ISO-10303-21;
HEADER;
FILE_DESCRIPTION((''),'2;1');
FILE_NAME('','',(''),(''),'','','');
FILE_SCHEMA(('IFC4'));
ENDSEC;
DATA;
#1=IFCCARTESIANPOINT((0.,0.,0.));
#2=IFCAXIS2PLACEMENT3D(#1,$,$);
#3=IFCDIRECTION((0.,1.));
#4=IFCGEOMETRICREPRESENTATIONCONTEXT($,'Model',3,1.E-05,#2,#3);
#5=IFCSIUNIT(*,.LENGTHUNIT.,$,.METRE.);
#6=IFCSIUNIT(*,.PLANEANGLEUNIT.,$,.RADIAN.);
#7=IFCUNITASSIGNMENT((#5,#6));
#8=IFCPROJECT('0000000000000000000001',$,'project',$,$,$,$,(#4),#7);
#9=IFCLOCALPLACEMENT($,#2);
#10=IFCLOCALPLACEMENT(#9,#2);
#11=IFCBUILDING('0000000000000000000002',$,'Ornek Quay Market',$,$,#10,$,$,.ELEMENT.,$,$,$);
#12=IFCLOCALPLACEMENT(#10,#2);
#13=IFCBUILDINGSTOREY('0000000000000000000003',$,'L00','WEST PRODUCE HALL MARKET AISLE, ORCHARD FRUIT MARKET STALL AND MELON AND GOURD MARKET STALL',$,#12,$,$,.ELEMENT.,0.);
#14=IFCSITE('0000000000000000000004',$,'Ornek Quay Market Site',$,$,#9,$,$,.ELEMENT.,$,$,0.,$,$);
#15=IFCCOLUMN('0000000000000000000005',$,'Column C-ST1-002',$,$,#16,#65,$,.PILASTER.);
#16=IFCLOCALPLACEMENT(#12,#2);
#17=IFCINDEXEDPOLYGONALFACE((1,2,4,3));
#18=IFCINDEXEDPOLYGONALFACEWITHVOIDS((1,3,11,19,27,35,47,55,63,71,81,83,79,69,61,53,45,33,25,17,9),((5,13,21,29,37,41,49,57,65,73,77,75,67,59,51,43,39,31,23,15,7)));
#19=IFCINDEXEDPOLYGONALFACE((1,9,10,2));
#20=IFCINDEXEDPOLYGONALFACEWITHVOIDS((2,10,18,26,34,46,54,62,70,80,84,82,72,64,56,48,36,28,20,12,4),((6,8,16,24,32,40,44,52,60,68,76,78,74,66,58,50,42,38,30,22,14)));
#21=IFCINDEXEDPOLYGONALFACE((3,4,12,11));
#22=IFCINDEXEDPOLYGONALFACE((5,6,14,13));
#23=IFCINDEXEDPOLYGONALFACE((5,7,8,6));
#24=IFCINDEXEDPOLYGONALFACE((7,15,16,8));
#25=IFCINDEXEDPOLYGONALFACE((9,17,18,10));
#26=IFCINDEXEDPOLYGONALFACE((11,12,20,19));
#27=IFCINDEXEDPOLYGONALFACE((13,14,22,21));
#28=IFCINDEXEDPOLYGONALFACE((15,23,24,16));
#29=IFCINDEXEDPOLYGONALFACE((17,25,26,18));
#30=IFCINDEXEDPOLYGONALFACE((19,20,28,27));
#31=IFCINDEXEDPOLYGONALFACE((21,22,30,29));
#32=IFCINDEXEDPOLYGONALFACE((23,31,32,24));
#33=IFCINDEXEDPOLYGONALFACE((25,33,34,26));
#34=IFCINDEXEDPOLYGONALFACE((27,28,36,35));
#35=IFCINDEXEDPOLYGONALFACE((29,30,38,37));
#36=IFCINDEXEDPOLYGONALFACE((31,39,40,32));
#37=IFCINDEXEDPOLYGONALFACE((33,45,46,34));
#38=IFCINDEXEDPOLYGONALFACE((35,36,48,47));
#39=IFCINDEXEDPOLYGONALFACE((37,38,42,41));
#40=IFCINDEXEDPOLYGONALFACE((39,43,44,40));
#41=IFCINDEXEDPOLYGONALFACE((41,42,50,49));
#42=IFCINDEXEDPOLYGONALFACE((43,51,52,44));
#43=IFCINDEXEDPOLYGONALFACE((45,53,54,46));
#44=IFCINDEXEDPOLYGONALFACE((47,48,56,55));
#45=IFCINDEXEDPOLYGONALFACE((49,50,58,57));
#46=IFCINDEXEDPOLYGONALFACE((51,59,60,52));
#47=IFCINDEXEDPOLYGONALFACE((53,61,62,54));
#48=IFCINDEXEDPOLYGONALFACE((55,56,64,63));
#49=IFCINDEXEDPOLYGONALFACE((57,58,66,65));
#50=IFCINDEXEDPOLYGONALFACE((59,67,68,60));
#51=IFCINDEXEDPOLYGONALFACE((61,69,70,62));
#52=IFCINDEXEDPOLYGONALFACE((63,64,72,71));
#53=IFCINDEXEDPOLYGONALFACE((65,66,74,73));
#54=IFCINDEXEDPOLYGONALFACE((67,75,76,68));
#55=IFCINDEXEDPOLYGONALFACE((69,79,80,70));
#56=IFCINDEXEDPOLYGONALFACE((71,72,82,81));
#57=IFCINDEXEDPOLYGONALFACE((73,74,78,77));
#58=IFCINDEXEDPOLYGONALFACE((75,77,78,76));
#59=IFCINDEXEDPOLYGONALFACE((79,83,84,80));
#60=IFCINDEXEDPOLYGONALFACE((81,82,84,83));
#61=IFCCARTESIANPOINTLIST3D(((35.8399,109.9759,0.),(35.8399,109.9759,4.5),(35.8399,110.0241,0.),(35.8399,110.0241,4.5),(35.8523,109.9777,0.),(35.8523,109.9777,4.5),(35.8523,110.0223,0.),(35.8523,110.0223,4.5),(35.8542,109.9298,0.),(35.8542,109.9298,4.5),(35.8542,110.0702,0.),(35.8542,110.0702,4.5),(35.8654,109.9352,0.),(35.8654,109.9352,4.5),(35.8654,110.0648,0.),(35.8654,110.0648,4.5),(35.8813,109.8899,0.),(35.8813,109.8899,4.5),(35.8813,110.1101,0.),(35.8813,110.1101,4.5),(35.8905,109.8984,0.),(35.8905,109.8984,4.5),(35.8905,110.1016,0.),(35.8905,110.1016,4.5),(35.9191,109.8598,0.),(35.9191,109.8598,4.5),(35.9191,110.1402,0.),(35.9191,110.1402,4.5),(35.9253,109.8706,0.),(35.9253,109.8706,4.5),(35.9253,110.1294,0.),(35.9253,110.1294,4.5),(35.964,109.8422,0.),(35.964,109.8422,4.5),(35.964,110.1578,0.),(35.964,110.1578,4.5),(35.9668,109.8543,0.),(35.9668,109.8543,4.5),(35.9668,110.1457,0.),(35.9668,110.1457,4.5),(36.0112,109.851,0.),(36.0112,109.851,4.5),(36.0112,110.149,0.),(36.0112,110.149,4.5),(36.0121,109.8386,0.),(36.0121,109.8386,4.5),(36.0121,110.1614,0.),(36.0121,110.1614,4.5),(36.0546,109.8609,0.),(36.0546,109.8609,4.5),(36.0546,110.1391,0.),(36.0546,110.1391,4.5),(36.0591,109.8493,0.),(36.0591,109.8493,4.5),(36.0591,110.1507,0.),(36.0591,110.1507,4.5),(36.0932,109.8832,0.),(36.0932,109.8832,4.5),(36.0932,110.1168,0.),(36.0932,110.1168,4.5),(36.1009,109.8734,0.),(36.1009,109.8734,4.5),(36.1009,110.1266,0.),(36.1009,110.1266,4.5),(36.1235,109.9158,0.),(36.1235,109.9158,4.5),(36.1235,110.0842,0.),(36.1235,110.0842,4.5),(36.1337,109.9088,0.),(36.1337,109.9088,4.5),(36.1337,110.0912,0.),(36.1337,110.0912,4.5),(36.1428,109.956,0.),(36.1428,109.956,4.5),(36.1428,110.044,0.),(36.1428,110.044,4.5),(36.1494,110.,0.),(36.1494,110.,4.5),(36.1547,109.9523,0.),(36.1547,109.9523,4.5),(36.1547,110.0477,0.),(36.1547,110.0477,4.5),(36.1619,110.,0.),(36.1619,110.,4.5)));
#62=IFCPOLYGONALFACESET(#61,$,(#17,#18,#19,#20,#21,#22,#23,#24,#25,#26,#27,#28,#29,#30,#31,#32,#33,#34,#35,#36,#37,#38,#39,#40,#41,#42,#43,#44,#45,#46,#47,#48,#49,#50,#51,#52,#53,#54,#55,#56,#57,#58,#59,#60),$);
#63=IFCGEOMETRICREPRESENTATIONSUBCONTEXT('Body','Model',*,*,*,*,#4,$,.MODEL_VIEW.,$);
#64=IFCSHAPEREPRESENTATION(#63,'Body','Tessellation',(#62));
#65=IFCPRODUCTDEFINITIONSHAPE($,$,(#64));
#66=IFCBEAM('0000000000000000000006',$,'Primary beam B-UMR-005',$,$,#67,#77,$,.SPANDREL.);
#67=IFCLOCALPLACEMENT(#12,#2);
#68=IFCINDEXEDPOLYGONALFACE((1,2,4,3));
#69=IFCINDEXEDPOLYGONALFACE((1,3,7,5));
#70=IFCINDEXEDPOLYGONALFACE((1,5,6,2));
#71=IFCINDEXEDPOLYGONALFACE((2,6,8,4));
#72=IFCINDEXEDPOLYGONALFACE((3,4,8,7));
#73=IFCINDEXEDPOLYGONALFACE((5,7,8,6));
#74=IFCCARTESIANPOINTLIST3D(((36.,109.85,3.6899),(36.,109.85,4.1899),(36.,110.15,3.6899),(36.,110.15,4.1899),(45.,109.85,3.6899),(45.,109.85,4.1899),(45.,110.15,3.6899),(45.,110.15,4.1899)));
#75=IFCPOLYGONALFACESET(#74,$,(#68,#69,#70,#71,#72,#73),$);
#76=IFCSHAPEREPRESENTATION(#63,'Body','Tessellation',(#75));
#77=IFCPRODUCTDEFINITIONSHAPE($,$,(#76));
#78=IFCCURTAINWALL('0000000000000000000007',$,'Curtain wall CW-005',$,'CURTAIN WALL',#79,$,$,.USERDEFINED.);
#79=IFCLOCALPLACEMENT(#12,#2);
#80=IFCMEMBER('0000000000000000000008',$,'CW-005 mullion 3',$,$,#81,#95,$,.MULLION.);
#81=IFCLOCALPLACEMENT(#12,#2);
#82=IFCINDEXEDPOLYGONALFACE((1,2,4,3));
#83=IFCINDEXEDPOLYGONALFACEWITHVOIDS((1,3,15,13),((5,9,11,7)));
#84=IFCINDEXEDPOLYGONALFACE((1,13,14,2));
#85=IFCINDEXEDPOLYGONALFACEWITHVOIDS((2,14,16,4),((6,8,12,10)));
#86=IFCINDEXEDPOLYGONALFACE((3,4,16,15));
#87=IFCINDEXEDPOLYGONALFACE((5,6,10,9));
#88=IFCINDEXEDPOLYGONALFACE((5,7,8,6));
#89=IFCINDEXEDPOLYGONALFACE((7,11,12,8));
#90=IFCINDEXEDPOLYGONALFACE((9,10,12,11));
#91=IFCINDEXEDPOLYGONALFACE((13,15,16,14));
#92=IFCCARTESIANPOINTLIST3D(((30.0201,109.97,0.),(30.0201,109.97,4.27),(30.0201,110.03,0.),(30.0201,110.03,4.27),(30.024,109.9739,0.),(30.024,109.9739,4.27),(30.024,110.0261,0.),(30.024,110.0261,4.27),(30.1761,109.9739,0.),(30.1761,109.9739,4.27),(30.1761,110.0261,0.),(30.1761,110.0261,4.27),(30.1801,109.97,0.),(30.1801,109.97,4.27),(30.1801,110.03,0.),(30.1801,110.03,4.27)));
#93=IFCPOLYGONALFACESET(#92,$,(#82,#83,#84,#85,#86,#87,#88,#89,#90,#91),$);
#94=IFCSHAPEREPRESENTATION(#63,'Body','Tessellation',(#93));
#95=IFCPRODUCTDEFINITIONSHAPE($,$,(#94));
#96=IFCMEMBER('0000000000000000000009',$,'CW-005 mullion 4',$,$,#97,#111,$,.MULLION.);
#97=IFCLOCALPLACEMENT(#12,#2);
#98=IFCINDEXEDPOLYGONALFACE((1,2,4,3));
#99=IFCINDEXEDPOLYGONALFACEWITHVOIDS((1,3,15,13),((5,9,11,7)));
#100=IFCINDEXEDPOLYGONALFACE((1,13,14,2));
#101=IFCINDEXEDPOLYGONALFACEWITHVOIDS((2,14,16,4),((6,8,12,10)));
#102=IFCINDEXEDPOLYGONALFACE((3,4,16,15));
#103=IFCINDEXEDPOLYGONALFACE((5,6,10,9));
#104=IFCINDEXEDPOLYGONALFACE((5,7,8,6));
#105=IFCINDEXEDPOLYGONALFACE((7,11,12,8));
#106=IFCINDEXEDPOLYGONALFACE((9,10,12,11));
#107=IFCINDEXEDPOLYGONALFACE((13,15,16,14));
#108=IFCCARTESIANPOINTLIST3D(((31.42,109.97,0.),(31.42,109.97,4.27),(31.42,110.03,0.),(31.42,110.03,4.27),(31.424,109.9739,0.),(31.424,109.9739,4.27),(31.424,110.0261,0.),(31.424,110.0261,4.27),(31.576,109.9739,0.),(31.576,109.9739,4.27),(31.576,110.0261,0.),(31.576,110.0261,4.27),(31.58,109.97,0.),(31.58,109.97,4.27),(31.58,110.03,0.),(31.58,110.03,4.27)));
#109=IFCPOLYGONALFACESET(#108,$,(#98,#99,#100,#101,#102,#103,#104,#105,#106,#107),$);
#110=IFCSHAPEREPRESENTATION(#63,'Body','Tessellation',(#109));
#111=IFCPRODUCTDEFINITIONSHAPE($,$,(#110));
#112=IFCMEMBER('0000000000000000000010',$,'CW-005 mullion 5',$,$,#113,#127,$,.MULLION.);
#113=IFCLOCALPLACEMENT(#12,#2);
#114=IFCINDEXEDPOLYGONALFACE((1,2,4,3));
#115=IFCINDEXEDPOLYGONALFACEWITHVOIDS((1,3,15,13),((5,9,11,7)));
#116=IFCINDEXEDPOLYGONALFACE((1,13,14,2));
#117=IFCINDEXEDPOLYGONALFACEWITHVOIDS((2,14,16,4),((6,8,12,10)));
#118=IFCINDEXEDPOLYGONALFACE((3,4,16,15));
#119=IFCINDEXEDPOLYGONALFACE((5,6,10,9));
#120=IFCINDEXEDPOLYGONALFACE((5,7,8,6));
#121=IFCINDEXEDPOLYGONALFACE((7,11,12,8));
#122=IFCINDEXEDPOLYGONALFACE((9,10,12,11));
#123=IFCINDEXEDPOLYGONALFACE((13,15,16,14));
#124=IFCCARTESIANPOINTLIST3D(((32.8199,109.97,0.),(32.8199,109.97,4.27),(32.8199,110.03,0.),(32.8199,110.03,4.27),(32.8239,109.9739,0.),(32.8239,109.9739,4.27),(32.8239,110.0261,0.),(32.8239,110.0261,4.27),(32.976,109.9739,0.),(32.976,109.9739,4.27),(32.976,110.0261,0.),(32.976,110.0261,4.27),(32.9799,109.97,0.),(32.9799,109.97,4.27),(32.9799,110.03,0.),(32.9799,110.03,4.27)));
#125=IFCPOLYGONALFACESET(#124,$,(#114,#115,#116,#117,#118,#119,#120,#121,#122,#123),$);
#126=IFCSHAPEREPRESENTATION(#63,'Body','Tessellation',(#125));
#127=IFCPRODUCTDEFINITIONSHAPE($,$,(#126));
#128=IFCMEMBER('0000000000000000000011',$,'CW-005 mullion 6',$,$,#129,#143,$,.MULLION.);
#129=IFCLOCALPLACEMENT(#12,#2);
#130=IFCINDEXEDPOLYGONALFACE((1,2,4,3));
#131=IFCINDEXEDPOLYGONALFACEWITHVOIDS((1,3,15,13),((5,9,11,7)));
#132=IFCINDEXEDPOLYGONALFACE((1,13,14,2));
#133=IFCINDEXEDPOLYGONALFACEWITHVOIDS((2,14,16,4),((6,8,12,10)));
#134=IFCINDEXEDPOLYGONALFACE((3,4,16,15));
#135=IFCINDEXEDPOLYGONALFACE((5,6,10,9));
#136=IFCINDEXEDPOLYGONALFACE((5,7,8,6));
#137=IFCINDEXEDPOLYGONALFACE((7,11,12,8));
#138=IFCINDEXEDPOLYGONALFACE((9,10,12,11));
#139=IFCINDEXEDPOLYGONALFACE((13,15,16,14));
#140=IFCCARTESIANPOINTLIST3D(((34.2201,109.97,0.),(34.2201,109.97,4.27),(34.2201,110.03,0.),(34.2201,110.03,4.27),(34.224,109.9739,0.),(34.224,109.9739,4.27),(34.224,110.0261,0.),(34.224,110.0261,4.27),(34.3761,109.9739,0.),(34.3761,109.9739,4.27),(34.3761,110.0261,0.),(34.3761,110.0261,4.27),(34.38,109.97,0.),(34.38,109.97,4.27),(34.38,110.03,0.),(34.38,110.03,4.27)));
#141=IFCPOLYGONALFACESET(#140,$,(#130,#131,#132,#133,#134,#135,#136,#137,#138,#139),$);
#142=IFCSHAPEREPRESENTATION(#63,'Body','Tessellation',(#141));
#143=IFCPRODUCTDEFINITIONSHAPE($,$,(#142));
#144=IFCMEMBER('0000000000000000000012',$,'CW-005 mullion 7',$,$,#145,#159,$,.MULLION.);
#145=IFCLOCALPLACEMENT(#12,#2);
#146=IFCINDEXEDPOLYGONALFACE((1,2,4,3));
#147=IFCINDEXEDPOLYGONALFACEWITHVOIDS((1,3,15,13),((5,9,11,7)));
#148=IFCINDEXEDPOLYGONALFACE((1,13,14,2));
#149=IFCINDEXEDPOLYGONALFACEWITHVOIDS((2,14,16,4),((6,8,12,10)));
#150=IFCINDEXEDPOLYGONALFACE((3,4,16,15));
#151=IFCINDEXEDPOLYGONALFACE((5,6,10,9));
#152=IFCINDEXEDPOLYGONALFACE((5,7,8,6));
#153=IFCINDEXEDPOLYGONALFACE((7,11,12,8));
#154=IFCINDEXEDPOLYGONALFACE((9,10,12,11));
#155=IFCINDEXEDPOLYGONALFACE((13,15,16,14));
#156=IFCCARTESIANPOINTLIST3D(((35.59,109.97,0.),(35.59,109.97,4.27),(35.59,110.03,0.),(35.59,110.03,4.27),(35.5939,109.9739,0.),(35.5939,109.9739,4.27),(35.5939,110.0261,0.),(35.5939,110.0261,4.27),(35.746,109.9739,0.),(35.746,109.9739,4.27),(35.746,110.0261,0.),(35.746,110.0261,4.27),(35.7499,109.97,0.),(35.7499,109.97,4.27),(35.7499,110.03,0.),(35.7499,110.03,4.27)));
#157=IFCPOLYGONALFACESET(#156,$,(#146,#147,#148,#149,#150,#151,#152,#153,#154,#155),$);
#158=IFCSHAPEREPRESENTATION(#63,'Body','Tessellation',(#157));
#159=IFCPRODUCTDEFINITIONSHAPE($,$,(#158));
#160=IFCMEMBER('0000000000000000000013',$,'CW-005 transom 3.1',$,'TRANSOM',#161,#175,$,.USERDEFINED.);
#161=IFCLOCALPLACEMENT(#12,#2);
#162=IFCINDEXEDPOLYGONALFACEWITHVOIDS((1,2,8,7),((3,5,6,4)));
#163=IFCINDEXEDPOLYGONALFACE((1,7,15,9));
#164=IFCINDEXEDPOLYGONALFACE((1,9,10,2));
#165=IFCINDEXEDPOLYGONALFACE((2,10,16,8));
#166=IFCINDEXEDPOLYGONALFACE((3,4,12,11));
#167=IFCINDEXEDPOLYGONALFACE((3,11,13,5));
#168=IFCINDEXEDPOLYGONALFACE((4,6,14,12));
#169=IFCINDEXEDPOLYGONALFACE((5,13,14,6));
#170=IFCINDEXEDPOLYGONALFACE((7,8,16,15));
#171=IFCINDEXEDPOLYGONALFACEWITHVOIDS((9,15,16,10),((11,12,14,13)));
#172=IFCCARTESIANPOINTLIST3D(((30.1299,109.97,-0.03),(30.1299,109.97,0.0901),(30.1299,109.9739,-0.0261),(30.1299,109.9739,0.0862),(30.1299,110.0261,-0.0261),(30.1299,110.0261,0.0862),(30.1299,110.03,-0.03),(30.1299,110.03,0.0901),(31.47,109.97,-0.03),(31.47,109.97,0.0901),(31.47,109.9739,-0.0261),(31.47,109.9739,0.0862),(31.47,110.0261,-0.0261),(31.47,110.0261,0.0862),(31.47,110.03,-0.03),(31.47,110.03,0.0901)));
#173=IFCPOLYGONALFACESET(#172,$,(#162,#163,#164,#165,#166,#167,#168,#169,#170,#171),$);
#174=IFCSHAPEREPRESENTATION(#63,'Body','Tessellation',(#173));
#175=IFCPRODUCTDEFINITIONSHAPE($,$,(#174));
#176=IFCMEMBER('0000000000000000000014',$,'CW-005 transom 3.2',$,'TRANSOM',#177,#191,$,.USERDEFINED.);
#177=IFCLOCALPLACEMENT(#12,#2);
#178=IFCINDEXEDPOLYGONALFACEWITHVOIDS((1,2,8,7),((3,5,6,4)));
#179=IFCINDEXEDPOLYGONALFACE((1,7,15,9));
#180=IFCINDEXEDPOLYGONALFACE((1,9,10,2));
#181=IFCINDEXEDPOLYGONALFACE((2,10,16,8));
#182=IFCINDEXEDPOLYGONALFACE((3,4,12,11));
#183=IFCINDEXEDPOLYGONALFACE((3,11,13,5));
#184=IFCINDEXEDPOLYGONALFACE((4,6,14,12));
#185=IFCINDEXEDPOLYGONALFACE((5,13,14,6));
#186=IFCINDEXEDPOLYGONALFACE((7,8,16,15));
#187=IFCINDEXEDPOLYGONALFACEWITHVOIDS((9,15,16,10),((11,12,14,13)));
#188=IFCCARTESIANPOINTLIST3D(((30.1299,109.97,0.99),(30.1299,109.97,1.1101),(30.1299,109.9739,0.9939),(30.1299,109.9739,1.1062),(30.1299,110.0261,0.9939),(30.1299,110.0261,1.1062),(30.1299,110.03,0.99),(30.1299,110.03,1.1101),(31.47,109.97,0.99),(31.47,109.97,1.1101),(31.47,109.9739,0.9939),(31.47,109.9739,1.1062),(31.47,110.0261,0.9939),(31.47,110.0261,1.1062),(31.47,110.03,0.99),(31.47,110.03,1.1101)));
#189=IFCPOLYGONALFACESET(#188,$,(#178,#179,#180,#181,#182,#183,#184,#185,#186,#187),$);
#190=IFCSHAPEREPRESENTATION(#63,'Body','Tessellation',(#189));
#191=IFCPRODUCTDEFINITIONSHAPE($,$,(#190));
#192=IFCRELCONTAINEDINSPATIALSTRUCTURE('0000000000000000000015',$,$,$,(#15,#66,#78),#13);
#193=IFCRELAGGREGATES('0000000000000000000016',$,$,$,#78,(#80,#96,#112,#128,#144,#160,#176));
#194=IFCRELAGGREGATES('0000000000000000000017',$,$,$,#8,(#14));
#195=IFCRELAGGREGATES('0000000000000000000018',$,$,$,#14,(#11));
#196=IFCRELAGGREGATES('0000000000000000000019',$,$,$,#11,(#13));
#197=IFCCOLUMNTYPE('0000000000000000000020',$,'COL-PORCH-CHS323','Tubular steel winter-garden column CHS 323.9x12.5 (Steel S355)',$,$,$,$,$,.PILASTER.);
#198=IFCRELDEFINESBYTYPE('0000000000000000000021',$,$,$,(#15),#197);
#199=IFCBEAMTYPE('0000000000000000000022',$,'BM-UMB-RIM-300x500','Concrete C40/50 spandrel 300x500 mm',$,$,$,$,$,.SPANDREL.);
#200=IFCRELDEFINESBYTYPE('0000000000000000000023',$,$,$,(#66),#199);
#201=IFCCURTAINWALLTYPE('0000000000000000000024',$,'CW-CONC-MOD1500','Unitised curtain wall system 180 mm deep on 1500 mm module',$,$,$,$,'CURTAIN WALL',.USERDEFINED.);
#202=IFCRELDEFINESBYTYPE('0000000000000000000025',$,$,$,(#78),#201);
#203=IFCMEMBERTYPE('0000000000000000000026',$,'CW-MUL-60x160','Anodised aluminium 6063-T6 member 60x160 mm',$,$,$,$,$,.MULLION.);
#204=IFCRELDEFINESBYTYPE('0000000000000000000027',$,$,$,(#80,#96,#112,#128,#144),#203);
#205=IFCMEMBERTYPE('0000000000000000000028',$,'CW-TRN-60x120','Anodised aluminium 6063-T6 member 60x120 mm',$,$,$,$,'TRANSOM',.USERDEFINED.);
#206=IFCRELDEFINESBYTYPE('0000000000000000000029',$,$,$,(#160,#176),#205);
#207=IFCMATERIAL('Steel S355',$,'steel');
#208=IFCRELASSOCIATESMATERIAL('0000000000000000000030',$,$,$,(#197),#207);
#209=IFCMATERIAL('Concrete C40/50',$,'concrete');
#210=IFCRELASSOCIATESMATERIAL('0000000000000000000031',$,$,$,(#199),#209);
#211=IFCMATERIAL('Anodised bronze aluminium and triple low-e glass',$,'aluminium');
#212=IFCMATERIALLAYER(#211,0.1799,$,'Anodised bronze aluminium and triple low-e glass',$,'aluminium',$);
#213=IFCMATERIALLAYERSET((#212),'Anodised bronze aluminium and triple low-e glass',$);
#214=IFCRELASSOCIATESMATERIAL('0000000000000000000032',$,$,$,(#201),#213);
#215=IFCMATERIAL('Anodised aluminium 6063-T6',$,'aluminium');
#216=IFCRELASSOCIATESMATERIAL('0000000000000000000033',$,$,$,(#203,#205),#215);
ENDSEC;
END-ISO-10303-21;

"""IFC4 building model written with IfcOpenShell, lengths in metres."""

from ifc_helpers import new_model, si_unit, direction, frame, origin, origin_2d, place, context, subcontext, project, spatial, rectangle, hollow_rectangle, hollow_circle, extrude, material, layer, layer_set, material_profile, profile_set, type_object, element, aggregate, save


model = new_model("IFC4")

# Units and contexts
model_context = context("Model", 3, precision=1e-05, world=origin(), true_north=direction((0.0, 1.0)))
body_context = subcontext(model_context, "Body", "Model", "MODEL_VIEW")
ifc_project = project(units=[si_unit("LENGTHUNIT", "METRE"), si_unit("PLANEANGLEUNIT", "RADIAN")], contexts=[model_context])

# Site, building, storey
site_placement = place(None, origin())
site = spatial("IfcSite", under=ifc_project, at=site_placement, Name="Ornek Quay Market Site", CompositionType="ELEMENT", RefElevation=0.0)
building_placement = place(site_placement, origin())
building = spatial("IfcBuilding", under=site, at=building_placement, Name="Ornek Quay Market", CompositionType="ELEMENT")
storey_placement = place(building_placement, origin())
storey = spatial("IfcBuildingStorey", under=building, at=storey_placement, Name="L00", Description="WEST PRODUCE HALL MARKET AISLE, ORCHARD FRUIT MARKET STALL AND MELON AND GOURD MARKET STALL", CompositionType="ELEMENT", Elevation=0.0)

# Column
ifc_material_1 = material(Name="Steel S355", Category="steel")
ifc_material_profile_1 = material_profile(ifc_material_1, hollow_circle(Radius=0.1619, WallThickness=0.0125, at=origin_2d()), Name="CHS 323.9x12.5", Category="steel")
ifc_profile_set_1 = profile_set([ifc_material_profile_1], Name="Steel S355")
column_type = type_object("IfcColumnType", Name="COL-PORCH-CHS323", Description="Tubular steel winter-garden column CHS 323.9x12.5 (Steel S355)", PredefinedType="PILASTER", material=ifc_profile_set_1)
column_placement = place(storey_placement, frame((36.0, 110.0, 0.0), z_axis=(0.0, 0.0, 1.0), x_axis=(1.0, 0.0, 0.0)))
element("IfcColumn", 1, at=column_placement, inside=storey, type_object=column_type, Name="Column C-ST1-002", PredefinedType="PILASTER", context=body_context, shape_type="SweptSolid", body=[
    extrude(hollow_circle(Radius=0.1619, WallThickness=0.0125, at=origin_2d()), origin(), (0.0, 0.0, 1.0), 4.5),
])

# Beam
ifc_material_2 = material(Name="Concrete C40/50", Category="concrete")
ifc_material_profile_2 = material_profile(ifc_material_2, rectangle(XDim=0.3, YDim=0.5, at=origin_2d()), Name="RC 300x500", Category="concrete")
ifc_profile_set_2 = profile_set([ifc_material_profile_2], Name="Concrete C40/50")
beam_type = type_object("IfcBeamType", Name="BM-UMB-RIM-300x500", Description="Concrete C40/50 spandrel 300x500 mm", PredefinedType="SPANDREL", material=ifc_profile_set_2)
beam_placement = place(storey_placement, frame((36.0, 110.0, 3.9399), z_axis=(1.0, 0.0, 0.0), x_axis=(0.0, 1.0, 0.0)))
element("IfcBeam", 2, at=beam_placement, inside=storey, type_object=beam_type, Name="Primary beam B-UMR-005", PredefinedType="SPANDREL", context=body_context, shape_type="SweptSolid", body=[
    extrude(rectangle(XDim=0.3, YDim=0.5, at=origin_2d()), origin(), (0.0, 0.0, 1.0), 9.0),
])

# Curtain wall, members
ifc_material_3 = material(Name="Anodised bronze aluminium and triple low-e glass", Category="aluminium")
ifc_layer_1 = layer(ifc_material_3, 0.1799, Name="Anodised bronze aluminium and triple low-e glass", Category="aluminium")
ifc_layer_set_1 = layer_set([ifc_layer_1], Name="Anodised bronze aluminium and triple low-e glass")
curtain_wall_type = type_object("IfcCurtainWallType", Name="CW-CONC-MOD1500", Description="Unitised curtain wall system 180 mm deep on 1500 mm module", ElementType="CURTAIN WALL", PredefinedType="USERDEFINED", material=ifc_layer_set_1)
curtain_wall_placement = place(storey_placement, origin())
curtain_wall = element("IfcCurtainWall", 3, at=curtain_wall_placement, inside=storey, type_object=curtain_wall_type, Name="Curtain wall CW-005", ObjectType="CURTAIN WALL", PredefinedType="USERDEFINED")
ifc_material_4 = material(Name="Anodised aluminium 6063-T6", Category="aluminium")
ifc_material_profile_3 = material_profile(ifc_material_4, hollow_rectangle(XDim=0.0601, YDim=0.1599, WallThickness=0.0039, at=origin_2d()), Name="CW-MUL-60x160", Category="aluminium")
ifc_profile_set_3 = profile_set([ifc_material_profile_3], Name="Anodised aluminium 6063-T6")
member_type_1 = type_object("IfcMemberType", Name="CW-MUL-60x160", Description="Anodised aluminium 6063-T6 member 60x160 mm", PredefinedType="MULLION", material=ifc_profile_set_3)
member_1_placement = place(storey_placement, frame((30.1001, 110.0, 0.0), z_axis=(0.0, 0.0, 1.0), x_axis=(0.0, 1.0, 0.0)))
member_1 = element("IfcMember", 4, at=member_1_placement, type_object=member_type_1, Name="CW-005 mullion 3", PredefinedType="MULLION", context=body_context, shape_type="SweptSolid", body=[
    extrude(hollow_rectangle(XDim=0.0601, YDim=0.1599, WallThickness=0.0039, at=origin_2d()), origin(), (0.0, 0.0, 1.0), 4.27),
])
member_2_placement = place(storey_placement, frame((31.5, 110.0, 0.0), z_axis=(0.0, 0.0, 1.0), x_axis=(0.0, 1.0, 0.0)))
member_2 = element("IfcMember", 5, at=member_2_placement, type_object=member_type_1, Name="CW-005 mullion 4", PredefinedType="MULLION", context=body_context, shape_type="SweptSolid", body=[
    extrude(hollow_rectangle(XDim=0.0601, YDim=0.1599, WallThickness=0.0039, at=origin_2d()), origin(), (0.0, 0.0, 1.0), 4.27),
])
member_3_placement = place(storey_placement, frame((32.8999, 110.0, 0.0), z_axis=(0.0, 0.0, 1.0), x_axis=(0.0, 1.0, 0.0)))
member_3 = element("IfcMember", 6, at=member_3_placement, type_object=member_type_1, Name="CW-005 mullion 5", PredefinedType="MULLION", context=body_context, shape_type="SweptSolid", body=[
    extrude(hollow_rectangle(XDim=0.0601, YDim=0.1599, WallThickness=0.0039, at=origin_2d()), origin(), (0.0, 0.0, 1.0), 4.27),
])
member_4_placement = place(storey_placement, frame((34.3, 110.0, 0.0), z_axis=(0.0, 0.0, 1.0), x_axis=(0.0, 1.0, 0.0)))
member_4 = element("IfcMember", 7, at=member_4_placement, type_object=member_type_1, Name="CW-005 mullion 6", PredefinedType="MULLION", context=body_context, shape_type="SweptSolid", body=[
    extrude(hollow_rectangle(XDim=0.0601, YDim=0.1599, WallThickness=0.0039, at=origin_2d()), origin(), (0.0, 0.0, 1.0), 4.27),
])
member_5_placement = place(storey_placement, frame((35.6699, 110.0, 0.0), z_axis=(0.0, 0.0, 1.0), x_axis=(0.0, 1.0, 0.0)))
member_5 = element("IfcMember", 8, at=member_5_placement, type_object=member_type_1, Name="CW-005 mullion 7", PredefinedType="MULLION", context=body_context, shape_type="SweptSolid", body=[
    extrude(hollow_rectangle(XDim=0.0601, YDim=0.1599, WallThickness=0.0039, at=origin_2d()), origin(), (0.0, 0.0, 1.0), 4.27),
])
ifc_material_profile_4 = material_profile(ifc_material_4, hollow_rectangle(XDim=0.0601, YDim=0.1201, WallThickness=0.0039, at=origin_2d()), Name="CW-TRN-60x120", Category="aluminium")
ifc_profile_set_4 = profile_set([ifc_material_profile_4], Name="Anodised aluminium 6063-T6")
member_type_2 = type_object("IfcMemberType", Name="CW-TRN-60x120", Description="Anodised aluminium 6063-T6 member 60x120 mm", ElementType="TRANSOM", PredefinedType="USERDEFINED", material=ifc_profile_set_4)
member_6_placement = place(storey_placement, frame((30.1299, 110.0, 0.03), z_axis=(1.0, 0.0, 0.0), x_axis=(0.0, 1.0, 0.0)))
member_6 = element("IfcMember", 9, at=member_6_placement, type_object=member_type_2, Name="CW-005 transom 3.1", ObjectType="TRANSOM", PredefinedType="USERDEFINED", context=body_context, shape_type="SweptSolid", body=[
    extrude(hollow_rectangle(XDim=0.0601, YDim=0.1201, WallThickness=0.0039, at=origin_2d()), origin(), (0.0, 0.0, 1.0), 1.3401),
])
member_7_placement = place(storey_placement, frame((30.1299, 110.0, 1.05), z_axis=(1.0, 0.0, 0.0), x_axis=(0.0, 1.0, 0.0)))
member_7 = element("IfcMember", 10, at=member_7_placement, type_object=member_type_2, Name="CW-005 transom 3.2", ObjectType="TRANSOM", PredefinedType="USERDEFINED", context=body_context, shape_type="SweptSolid", body=[
    extrude(hollow_rectangle(XDim=0.0601, YDim=0.1201, WallThickness=0.0039, at=origin_2d()), origin(), (0.0, 0.0, 1.0), 1.3401),
])
aggregate(curtain_wall, [member_1, member_2, member_3, member_4, member_5, member_6, member_7])

save(model, "model.ifc")
